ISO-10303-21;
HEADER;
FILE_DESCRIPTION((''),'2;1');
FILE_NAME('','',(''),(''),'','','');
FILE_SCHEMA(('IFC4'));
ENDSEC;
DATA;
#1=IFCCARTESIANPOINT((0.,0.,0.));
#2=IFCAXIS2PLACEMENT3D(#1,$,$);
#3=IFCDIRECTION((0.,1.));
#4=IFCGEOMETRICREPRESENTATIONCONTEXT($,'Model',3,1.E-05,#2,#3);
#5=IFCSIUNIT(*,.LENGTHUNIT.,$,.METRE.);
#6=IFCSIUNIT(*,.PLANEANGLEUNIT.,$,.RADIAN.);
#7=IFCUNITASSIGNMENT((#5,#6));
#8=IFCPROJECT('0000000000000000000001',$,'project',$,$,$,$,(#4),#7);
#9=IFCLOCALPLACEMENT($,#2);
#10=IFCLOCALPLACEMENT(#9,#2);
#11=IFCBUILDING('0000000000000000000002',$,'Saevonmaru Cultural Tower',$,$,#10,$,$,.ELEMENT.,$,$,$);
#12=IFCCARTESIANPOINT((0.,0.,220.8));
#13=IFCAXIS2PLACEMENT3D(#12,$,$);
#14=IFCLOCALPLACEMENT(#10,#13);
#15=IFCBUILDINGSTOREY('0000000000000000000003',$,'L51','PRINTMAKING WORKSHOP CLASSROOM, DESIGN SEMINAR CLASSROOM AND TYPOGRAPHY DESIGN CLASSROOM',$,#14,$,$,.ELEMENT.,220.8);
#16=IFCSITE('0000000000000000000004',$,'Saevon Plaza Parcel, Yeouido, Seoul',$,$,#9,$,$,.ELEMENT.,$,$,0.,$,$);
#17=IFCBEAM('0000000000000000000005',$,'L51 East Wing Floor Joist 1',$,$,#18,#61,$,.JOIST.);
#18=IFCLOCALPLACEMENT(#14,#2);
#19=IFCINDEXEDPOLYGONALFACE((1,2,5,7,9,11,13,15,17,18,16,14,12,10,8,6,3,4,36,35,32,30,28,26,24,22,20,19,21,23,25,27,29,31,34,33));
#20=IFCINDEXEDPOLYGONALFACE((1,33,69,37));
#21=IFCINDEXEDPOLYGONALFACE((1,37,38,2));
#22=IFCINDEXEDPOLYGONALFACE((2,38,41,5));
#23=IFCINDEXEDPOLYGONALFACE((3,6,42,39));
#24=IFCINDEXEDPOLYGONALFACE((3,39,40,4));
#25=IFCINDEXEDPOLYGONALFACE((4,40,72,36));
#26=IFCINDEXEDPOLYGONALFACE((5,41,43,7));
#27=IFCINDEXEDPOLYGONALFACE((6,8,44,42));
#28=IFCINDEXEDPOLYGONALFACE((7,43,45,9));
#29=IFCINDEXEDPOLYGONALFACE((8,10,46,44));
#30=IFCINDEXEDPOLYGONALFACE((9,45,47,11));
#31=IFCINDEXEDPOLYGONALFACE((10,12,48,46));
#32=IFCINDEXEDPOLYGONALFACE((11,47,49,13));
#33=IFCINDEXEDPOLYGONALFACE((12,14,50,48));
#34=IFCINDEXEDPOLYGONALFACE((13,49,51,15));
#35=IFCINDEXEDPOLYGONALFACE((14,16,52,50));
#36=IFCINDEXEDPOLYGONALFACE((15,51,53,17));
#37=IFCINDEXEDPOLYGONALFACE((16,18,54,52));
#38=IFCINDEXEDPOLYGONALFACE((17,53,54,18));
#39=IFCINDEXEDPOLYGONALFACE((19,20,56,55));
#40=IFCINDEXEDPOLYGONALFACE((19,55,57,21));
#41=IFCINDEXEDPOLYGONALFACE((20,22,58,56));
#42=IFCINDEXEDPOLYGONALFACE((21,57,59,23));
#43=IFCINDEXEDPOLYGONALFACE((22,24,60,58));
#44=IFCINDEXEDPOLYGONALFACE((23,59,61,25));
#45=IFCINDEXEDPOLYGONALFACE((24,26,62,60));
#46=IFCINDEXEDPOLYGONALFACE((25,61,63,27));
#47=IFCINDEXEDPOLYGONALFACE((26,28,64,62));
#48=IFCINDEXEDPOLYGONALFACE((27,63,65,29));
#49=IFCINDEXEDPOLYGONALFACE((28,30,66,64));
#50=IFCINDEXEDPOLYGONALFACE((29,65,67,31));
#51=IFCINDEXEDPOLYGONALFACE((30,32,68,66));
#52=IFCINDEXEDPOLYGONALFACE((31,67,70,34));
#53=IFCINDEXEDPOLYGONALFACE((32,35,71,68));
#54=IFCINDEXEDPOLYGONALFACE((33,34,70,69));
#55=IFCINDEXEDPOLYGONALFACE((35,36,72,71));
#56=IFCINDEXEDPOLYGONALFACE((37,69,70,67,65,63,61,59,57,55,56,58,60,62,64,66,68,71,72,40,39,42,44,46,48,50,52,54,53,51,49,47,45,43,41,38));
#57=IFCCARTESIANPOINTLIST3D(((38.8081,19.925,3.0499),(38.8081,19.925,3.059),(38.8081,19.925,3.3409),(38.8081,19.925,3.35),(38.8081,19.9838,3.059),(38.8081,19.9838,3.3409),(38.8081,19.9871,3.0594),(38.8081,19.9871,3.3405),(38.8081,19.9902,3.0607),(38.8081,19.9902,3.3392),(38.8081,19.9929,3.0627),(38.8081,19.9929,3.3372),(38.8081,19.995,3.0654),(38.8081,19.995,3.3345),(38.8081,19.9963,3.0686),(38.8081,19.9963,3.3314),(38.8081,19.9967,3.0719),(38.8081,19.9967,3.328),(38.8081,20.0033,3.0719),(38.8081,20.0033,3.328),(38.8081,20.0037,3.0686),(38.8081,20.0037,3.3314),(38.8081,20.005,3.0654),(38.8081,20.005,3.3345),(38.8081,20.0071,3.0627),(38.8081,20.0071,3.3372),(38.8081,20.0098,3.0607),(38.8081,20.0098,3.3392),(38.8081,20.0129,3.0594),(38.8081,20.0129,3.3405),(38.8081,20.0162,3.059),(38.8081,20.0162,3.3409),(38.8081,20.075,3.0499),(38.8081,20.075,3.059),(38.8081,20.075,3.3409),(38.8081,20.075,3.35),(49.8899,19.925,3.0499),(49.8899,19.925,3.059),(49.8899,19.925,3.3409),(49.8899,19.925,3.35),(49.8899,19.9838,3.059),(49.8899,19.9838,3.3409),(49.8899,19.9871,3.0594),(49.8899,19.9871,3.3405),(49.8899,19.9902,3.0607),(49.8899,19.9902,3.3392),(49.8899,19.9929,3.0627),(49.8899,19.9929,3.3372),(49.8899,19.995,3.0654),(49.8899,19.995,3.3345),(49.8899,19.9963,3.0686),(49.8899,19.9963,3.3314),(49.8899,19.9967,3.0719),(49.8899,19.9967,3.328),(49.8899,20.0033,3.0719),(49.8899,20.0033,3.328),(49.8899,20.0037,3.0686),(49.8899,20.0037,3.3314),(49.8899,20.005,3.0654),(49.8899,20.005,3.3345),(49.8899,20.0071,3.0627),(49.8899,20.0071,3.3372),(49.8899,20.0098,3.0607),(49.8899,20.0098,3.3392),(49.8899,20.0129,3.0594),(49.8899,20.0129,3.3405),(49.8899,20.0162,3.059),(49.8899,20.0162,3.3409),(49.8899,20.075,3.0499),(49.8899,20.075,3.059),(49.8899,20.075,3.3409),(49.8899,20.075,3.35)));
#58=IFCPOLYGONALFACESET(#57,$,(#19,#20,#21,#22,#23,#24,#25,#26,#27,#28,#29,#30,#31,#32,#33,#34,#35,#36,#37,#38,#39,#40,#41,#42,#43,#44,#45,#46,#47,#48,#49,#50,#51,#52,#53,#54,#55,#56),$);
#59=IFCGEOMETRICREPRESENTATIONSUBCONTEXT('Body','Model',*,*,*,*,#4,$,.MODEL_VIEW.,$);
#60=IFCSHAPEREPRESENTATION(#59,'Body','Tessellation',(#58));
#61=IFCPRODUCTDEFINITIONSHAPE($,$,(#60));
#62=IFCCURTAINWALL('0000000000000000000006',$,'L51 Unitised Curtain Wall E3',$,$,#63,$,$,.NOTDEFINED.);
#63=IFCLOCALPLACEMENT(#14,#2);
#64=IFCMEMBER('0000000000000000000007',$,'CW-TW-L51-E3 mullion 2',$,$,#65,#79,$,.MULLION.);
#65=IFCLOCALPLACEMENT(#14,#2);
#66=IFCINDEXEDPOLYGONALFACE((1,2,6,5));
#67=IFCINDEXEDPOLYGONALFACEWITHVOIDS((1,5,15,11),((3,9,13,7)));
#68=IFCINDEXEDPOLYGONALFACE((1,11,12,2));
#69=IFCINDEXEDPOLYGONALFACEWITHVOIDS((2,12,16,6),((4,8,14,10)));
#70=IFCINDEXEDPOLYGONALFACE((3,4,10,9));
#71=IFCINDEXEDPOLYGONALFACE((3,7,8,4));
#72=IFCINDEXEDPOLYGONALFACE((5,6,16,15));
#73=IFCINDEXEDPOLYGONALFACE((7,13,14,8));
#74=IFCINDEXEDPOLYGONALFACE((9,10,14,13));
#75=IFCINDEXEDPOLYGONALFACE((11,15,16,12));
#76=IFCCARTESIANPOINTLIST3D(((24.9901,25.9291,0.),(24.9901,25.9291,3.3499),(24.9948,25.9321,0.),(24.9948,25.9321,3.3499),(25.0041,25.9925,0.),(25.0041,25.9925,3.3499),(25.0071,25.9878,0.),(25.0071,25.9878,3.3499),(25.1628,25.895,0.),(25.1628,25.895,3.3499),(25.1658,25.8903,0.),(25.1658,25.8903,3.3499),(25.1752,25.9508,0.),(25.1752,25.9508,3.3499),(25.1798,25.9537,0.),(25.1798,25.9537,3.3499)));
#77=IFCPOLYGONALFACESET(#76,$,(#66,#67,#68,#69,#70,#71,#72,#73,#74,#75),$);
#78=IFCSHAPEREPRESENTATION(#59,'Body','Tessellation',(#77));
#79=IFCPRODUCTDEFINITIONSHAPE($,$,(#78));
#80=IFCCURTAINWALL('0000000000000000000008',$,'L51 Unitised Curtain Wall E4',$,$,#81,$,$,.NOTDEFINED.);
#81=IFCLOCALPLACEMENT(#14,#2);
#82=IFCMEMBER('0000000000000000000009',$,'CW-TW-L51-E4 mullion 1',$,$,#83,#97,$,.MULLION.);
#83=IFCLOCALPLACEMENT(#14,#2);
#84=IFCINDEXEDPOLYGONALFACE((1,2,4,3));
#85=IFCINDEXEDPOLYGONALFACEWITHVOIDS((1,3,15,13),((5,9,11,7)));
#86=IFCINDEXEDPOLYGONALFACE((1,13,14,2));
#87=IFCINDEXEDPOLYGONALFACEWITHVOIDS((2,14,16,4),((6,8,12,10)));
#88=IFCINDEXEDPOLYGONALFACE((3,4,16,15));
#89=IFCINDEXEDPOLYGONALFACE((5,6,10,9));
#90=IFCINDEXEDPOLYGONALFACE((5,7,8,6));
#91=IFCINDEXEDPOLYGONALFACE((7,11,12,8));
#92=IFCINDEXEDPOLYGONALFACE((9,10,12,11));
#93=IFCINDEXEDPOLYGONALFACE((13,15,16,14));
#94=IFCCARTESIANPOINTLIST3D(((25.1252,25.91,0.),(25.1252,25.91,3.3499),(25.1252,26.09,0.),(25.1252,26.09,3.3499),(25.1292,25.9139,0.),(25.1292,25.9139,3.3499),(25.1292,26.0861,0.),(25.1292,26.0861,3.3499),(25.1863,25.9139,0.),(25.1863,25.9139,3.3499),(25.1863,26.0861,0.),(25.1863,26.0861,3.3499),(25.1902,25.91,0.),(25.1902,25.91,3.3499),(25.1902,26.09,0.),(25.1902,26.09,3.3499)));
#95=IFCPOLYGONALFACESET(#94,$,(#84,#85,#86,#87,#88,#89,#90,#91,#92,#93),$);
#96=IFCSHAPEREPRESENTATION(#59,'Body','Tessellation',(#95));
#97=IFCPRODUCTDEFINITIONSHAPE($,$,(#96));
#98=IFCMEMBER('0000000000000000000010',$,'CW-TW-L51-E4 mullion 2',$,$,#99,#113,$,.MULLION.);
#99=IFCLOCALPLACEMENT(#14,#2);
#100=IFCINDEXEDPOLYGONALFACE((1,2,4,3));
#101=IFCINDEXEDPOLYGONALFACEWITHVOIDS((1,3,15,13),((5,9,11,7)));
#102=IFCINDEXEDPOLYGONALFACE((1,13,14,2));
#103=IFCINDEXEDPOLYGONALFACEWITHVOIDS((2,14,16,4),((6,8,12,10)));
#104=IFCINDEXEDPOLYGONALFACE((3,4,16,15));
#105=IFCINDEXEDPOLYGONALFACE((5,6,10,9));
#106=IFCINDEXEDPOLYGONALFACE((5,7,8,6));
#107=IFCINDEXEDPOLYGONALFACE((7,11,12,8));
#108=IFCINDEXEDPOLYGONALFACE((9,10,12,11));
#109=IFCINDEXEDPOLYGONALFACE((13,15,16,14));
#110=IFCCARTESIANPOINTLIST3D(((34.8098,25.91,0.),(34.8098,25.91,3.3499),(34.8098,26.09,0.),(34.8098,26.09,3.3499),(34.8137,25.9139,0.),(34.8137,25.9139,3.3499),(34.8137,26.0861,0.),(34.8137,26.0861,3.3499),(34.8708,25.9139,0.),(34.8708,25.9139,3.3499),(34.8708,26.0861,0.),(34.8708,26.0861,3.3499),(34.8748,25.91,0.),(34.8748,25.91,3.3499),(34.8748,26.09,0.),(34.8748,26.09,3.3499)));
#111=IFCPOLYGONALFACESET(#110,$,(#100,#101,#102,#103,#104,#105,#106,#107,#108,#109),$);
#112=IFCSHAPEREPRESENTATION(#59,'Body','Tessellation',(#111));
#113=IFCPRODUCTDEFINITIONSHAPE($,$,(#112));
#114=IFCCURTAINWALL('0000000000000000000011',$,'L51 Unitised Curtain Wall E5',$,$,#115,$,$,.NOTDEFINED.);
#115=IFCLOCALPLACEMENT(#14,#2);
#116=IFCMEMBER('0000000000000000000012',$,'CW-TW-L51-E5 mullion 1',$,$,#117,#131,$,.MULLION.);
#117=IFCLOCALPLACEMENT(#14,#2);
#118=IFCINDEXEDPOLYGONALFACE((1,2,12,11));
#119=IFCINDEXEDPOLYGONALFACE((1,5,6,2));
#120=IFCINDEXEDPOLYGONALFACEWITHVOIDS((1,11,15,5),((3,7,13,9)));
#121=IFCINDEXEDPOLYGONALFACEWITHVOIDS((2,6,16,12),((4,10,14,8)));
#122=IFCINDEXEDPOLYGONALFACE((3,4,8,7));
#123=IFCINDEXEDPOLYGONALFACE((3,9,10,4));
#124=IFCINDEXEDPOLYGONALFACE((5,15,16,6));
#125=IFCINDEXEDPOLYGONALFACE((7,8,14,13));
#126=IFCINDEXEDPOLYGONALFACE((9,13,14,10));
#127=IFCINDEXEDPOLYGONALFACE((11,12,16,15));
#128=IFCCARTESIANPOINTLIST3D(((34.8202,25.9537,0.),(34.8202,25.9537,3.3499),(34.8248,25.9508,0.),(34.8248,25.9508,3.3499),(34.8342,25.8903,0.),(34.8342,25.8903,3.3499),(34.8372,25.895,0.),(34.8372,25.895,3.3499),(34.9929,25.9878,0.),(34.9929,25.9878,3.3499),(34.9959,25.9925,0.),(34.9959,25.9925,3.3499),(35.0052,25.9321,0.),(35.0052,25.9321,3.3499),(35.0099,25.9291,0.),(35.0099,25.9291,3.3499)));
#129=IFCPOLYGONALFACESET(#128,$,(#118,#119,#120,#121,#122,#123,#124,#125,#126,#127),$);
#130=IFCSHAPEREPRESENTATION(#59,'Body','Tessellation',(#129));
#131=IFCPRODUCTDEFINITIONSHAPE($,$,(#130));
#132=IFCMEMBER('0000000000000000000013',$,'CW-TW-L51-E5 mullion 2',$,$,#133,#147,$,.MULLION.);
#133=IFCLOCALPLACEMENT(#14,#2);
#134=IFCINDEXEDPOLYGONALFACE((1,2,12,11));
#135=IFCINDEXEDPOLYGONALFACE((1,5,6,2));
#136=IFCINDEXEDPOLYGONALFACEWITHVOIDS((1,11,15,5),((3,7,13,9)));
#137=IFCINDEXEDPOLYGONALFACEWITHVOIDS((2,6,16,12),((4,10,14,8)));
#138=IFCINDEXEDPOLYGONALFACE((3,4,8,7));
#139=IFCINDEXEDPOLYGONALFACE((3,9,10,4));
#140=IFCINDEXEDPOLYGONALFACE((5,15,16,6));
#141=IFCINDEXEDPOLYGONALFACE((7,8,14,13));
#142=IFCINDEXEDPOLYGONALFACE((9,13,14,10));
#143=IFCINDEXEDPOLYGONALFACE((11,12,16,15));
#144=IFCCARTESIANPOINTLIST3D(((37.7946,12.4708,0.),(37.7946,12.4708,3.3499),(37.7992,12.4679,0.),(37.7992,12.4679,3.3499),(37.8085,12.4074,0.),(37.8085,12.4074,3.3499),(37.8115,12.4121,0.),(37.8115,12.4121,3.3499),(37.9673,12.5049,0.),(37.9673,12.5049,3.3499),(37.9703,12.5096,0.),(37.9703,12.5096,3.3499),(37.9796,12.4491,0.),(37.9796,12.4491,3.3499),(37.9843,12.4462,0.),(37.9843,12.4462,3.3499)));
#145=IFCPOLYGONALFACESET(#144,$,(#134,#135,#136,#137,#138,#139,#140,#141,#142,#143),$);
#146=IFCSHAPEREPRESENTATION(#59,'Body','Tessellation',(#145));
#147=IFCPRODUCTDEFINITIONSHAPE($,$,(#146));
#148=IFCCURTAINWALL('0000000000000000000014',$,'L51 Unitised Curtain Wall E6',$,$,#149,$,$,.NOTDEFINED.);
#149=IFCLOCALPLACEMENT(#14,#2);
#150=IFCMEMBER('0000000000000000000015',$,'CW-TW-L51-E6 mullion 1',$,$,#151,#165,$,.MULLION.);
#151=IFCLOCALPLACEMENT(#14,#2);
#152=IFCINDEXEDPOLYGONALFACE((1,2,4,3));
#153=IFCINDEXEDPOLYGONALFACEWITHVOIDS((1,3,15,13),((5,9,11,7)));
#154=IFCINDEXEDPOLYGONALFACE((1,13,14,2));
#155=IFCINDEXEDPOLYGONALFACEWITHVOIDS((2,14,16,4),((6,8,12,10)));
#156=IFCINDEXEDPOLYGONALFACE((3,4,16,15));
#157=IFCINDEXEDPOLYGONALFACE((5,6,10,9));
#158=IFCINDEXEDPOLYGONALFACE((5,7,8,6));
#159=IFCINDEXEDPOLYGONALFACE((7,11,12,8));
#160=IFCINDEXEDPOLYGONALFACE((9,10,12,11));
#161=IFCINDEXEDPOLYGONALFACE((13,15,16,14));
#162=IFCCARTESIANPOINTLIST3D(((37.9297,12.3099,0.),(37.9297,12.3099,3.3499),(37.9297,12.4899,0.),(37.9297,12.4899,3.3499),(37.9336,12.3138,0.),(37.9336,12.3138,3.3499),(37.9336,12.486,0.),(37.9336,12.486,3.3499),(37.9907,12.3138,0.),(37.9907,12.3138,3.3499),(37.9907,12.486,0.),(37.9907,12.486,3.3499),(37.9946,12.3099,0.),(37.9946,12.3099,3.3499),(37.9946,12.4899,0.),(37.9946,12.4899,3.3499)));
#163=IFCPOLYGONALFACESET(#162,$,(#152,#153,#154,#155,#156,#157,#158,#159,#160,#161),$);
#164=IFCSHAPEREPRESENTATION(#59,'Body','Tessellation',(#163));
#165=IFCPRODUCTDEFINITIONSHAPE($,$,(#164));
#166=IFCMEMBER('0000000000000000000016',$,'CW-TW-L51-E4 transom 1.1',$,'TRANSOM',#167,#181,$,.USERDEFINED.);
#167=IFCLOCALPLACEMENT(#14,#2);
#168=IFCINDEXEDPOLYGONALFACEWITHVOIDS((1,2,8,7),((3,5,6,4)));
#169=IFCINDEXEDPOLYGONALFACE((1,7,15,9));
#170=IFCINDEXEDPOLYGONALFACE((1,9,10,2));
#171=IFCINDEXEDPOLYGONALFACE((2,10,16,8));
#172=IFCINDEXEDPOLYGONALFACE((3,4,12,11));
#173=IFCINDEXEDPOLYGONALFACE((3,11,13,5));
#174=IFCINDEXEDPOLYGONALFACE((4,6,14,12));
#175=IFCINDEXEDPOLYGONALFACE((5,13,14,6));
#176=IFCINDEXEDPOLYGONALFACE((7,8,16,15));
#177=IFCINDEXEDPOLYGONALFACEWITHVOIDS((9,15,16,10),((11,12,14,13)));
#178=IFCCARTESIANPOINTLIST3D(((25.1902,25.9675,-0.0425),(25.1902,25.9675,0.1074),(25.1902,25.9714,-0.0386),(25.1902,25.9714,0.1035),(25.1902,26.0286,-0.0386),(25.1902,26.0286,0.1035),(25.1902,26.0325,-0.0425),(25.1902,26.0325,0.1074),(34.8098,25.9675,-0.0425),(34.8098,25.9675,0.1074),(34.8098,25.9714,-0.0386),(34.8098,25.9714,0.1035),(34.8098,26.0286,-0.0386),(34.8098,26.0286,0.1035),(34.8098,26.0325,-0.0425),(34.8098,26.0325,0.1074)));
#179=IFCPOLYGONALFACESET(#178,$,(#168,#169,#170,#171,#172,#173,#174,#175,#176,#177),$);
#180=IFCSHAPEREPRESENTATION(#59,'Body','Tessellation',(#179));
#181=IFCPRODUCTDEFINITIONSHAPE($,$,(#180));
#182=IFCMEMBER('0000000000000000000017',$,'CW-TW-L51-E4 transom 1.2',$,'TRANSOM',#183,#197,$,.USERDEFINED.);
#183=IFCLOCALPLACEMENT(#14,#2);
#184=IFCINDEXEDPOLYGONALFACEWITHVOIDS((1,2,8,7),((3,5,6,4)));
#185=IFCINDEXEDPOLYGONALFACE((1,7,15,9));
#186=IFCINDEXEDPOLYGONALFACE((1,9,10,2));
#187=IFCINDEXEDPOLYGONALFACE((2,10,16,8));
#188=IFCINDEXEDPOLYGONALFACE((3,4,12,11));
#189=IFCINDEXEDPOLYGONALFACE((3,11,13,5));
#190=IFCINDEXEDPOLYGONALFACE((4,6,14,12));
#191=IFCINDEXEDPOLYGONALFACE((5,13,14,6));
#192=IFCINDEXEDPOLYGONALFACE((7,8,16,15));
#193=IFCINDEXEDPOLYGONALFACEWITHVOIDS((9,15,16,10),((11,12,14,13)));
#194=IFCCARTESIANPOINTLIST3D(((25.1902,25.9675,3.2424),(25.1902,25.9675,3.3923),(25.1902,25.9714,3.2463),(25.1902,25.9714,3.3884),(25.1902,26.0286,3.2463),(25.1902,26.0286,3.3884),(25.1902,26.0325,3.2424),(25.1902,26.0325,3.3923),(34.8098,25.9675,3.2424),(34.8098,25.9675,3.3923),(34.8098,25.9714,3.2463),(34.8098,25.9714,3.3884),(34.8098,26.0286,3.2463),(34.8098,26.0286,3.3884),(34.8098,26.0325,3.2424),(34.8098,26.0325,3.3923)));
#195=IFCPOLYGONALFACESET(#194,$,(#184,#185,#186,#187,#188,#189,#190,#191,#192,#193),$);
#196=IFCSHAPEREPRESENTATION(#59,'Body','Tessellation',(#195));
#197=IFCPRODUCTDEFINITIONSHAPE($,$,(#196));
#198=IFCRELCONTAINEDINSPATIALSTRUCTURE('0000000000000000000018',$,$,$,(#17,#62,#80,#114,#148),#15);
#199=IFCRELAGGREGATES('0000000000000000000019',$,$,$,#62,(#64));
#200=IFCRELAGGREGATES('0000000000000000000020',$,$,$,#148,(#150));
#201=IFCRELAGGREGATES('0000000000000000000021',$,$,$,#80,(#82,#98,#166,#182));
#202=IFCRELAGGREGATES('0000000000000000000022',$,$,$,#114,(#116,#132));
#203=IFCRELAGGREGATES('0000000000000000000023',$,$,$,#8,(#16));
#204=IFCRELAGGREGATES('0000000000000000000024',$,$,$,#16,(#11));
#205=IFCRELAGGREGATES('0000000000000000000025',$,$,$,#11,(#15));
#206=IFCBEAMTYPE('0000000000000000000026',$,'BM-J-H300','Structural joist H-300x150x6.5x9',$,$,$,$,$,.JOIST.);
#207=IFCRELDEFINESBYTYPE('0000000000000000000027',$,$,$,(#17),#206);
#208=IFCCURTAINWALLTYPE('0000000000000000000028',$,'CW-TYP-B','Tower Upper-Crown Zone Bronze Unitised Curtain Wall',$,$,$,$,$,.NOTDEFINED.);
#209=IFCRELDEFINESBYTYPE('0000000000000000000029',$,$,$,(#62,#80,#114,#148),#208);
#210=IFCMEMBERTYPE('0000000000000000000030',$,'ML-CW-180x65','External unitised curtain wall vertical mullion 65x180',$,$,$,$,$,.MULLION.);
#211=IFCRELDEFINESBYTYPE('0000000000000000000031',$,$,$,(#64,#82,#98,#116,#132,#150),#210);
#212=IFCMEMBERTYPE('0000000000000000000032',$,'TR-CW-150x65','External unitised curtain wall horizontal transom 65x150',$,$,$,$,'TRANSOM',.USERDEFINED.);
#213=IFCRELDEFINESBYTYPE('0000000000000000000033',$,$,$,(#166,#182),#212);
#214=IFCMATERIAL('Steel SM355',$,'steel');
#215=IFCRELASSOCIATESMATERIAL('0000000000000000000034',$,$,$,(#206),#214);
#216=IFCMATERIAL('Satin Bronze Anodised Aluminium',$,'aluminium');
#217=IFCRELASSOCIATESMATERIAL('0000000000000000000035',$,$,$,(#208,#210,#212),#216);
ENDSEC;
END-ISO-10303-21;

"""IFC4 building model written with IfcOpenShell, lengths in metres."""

from ifc_helpers import new_model, si_unit, direction, frame, origin, origin_2d, place, context, subcontext, project, spatial, hollow_rectangle, i_section, extrude, material, material_profile, profile_set, type_object, element, aggregate, save


model = new_model("IFC4")

# Units and contexts
model_context = context("Model", 3, precision=1e-05, world=origin(), true_north=direction((0.0, 1.0)))
body_context = subcontext(model_context, "Body", "Model", "MODEL_VIEW")
ifc_project = project(units=[si_unit("LENGTHUNIT", "METRE"), si_unit("PLANEANGLEUNIT", "RADIAN")], contexts=[model_context])

# Site, building, storey
site_placement = place(None, origin())
site = spatial("IfcSite", under=ifc_project, at=site_placement, Name="Saevon Plaza Parcel, Yeouido, Seoul", CompositionType="ELEMENT", RefElevation=0.0)
building_placement = place(site_placement, origin())
building = spatial("IfcBuilding", under=site, at=building_placement, Name="Saevonmaru Cultural Tower", CompositionType="ELEMENT")
storey_placement = place(building_placement, frame((0.0, 0.0, 220.8)))
storey = spatial("IfcBuildingStorey", under=building, at=storey_placement, Name="L51", Description="PRINTMAKING WORKSHOP CLASSROOM, DESIGN SEMINAR CLASSROOM AND TYPOGRAPHY DESIGN CLASSROOM", CompositionType="ELEMENT", Elevation=220.8)

# Shared definitions
ifc_material_1 = material(Name="Steel SM355", Category="steel")

# Beam
ifc_material_profile_1 = material_profile(ifc_material_1, i_section(OverallWidth=0.1499, OverallDepth=0.3, WebThickness=0.0066, FlangeThickness=0.009, FilletRadius=0.0129, at=origin_2d()), Name="H-300x150x6.5x9")
ifc_profile_set_1 = profile_set([ifc_material_profile_1], Name="Steel SM355")
beam_type_1 = type_object("IfcBeamType", Name="BM-J-H300", Description="Structural joist H-300x150x6.5x9", PredefinedType="JOIST", material=ifc_profile_set_1)
beam_1_placement = place(storey_placement, frame((38.8081, 20.0, 3.2), z_axis=(1.0, 0.0, 0.0), x_axis=(0.0, 1.0, 0.0)))
element("IfcBeam", 1, at=beam_1_placement, inside=storey, type_object=beam_type_1, Name="L51 East Wing Floor Joist 1", PredefinedType="JOIST", context=body_context, shape_type="SweptSolid", body=[
    extrude(i_section(OverallWidth=0.1499, OverallDepth=0.3, WebThickness=0.0066, FlangeThickness=0.009, FilletRadius=0.0129, at=origin_2d()), origin(), (0.0, 0.0, 1.0), 11.0818),
])

# Curtain wall, member
ifc_material_2 = material(Name="Satin Bronze Anodised Aluminium", Category="aluminium")
curtain_wall_type = type_object("IfcCurtainWallType", Name="CW-TYP-B", Description="Tower Upper-Crown Zone Bronze Unitised Curtain Wall", PredefinedType="NOTDEFINED", material=ifc_material_2)
curtain_wall_1_placement = place(storey_placement, origin())
curtain_wall_1 = element("IfcCurtainWall", 2, at=curtain_wall_1_placement, inside=storey, type_object=curtain_wall_type, Name="L51 Unitised Curtain Wall E3", PredefinedType="NOTDEFINED")
ifc_material_profile_2 = material_profile(ifc_material_2, hollow_rectangle(XDim=0.0649, YDim=0.1799, WallThickness=0.0039, at=origin_2d()), Name="ALU-MULL-180x65x4")
ifc_profile_set_2 = profile_set([ifc_material_profile_2], Name="Satin Bronze Anodised Aluminium")
member_type_1 = type_object("IfcMemberType", Name="ML-CW-180x65", Description="External unitised curtain wall vertical mullion 65x180", PredefinedType="MULLION", material=ifc_profile_set_2)
member_1_placement = place(storey_placement, frame((25.085, 25.9414, 0.0), z_axis=(0.0, 0.0, 1.0), x_axis=(0.215413, 0.976523, 0.0)))
member_1 = element("IfcMember", 3, at=member_1_placement, type_object=member_type_1, Name="CW-TW-L51-E3 mullion 2", PredefinedType="MULLION", context=body_context, shape_type="SweptSolid", body=[
    extrude(hollow_rectangle(XDim=0.0649, YDim=0.1799, WallThickness=0.0039, at=origin_2d()), origin(), (0.0, 0.0, 1.0), 3.3499),
])
aggregate(curtain_wall_1, [member_1])

# Curtain walls, members
curtain_wall_2_placement = place(storey_placement, origin())
curtain_wall_2 = element("IfcCurtainWall", 4, at=curtain_wall_2_placement, inside=storey, type_object=curtain_wall_type, Name="L51 Unitised Curtain Wall E4", PredefinedType="NOTDEFINED")
member_2_placement = place(storey_placement, frame((25.1577, 26.0, 0.0), z_axis=(0.0, 0.0, 1.0), x_axis=(1.0, 0.0, 0.0)))
member_2 = element("IfcMember", 5, at=member_2_placement, type_object=member_type_1, Name="CW-TW-L51-E4 mullion 1", PredefinedType="MULLION", context=body_context, shape_type="SweptSolid", body=[
    extrude(hollow_rectangle(XDim=0.0649, YDim=0.1799, WallThickness=0.0039, at=origin_2d()), origin(), (0.0, 0.0, 1.0), 3.3499),
])
member_3_placement = place(storey_placement, frame((34.8423, 26.0, 0.0), z_axis=(0.0, 0.0, 1.0), x_axis=(1.0, 0.0, 0.0)))
member_3 = element("IfcMember", 6, at=member_3_placement, type_object=member_type_1, Name="CW-TW-L51-E4 mullion 2", PredefinedType="MULLION", context=body_context, shape_type="SweptSolid", body=[
    extrude(hollow_rectangle(XDim=0.0649, YDim=0.1799, WallThickness=0.0039, at=origin_2d()), origin(), (0.0, 0.0, 1.0), 3.3499),
])
curtain_wall_3_placement = place(storey_placement, origin())
curtain_wall_3 = element("IfcCurtainWall", 7, at=curtain_wall_3_placement, inside=storey, type_object=curtain_wall_type, Name="L51 Unitised Curtain Wall E5", PredefinedType="NOTDEFINED")
member_4_placement = place(storey_placement, frame((34.915, 25.9414, 0.0), z_axis=(0.0, 0.0, 1.0), x_axis=(0.215413, -0.976523, 0.0)))
member_4 = element("IfcMember", 8, at=member_4_placement, type_object=member_type_1, Name="CW-TW-L51-E5 mullion 1", PredefinedType="MULLION", context=body_context, shape_type="SweptSolid", body=[
    extrude(hollow_rectangle(XDim=0.0649, YDim=0.1799, WallThickness=0.0039, at=origin_2d()), origin(), (0.0, 0.0, 1.0), 3.3499),
])
member_5_placement = place(storey_placement, frame((37.8894, 12.4585, 0.0), z_axis=(0.0, 0.0, 1.0), x_axis=(0.215413, -0.976523, 0.0)))
member_5 = element("IfcMember", 9, at=member_5_placement, type_object=member_type_1, Name="CW-TW-L51-E5 mullion 2", PredefinedType="MULLION", context=body_context, shape_type="SweptSolid", body=[
    extrude(hollow_rectangle(XDim=0.0649, YDim=0.1799, WallThickness=0.0039, at=origin_2d()), origin(), (0.0, 0.0, 1.0), 3.3499),
])

# Curtain wall, member
curtain_wall_4_placement = place(storey_placement, origin())
curtain_wall_4 = element("IfcCurtainWall", 10, at=curtain_wall_4_placement, inside=storey, type_object=curtain_wall_type, Name="L51 Unitised Curtain Wall E6", PredefinedType="NOTDEFINED")
member_6_placement = place(storey_placement, frame((37.9622, 12.3999, 0.0), z_axis=(0.0, 0.0, 1.0), x_axis=(1.0, 0.0, 0.0)))
member_6 = element("IfcMember", 11, at=member_6_placement, type_object=member_type_1, Name="CW-TW-L51-E6 mullion 1", PredefinedType="MULLION", context=body_context, shape_type="SweptSolid", body=[
    extrude(hollow_rectangle(XDim=0.0649, YDim=0.1799, WallThickness=0.0039, at=origin_2d()), origin(), (0.0, 0.0, 1.0), 3.3499),
])

# Members
ifc_material_profile_3 = material_profile(ifc_material_2, hollow_rectangle(XDim=0.0649, YDim=0.1499, WallThickness=0.0039, at=origin_2d()), Name="ALU-TRAN-150x65x4")
ifc_profile_set_3 = profile_set([ifc_material_profile_3], Name="Satin Bronze Anodised Aluminium")
member_type_2 = type_object("IfcMemberType", Name="TR-CW-150x65", Description="External unitised curtain wall horizontal transom 65x150", ElementType="TRANSOM", PredefinedType="USERDEFINED", material=ifc_profile_set_3)
member_7_placement = place(storey_placement, frame((25.1902, 26.0, 0.0325), z_axis=(1.0, 0.0, 0.0), x_axis=(0.0, 1.0, 0.0)))
member_7 = element("IfcMember", 12, at=member_7_placement, type_object=member_type_2, Name="CW-TW-L51-E4 transom 1.1", ObjectType="TRANSOM", PredefinedType="USERDEFINED", context=body_context, shape_type="SweptSolid", body=[
    extrude(hollow_rectangle(XDim=0.0649, YDim=0.1499, WallThickness=0.0039, at=origin_2d()), origin(), (0.0, 0.0, 1.0), 9.6196),
])
member_8_placement = place(storey_placement, frame((25.1902, 26.0, 3.3174), z_axis=(1.0, 0.0, 0.0), x_axis=(0.0, 1.0, 0.0)))
member_8 = element("IfcMember", 13, at=member_8_placement, type_object=member_type_2, Name="CW-TW-L51-E4 transom 1.2", ObjectType="TRANSOM", PredefinedType="USERDEFINED", context=body_context, shape_type="SweptSolid", body=[
    extrude(hollow_rectangle(XDim=0.0649, YDim=0.1499, WallThickness=0.0039, at=origin_2d()), origin(), (0.0, 0.0, 1.0), 9.6196),
])
aggregate(curtain_wall_4, [member_6])

aggregate(curtain_wall_2, [member_2, member_3, member_7, member_8])
aggregate(curtain_wall_3, [member_4, member_5])

save(model, "model.ifc")
